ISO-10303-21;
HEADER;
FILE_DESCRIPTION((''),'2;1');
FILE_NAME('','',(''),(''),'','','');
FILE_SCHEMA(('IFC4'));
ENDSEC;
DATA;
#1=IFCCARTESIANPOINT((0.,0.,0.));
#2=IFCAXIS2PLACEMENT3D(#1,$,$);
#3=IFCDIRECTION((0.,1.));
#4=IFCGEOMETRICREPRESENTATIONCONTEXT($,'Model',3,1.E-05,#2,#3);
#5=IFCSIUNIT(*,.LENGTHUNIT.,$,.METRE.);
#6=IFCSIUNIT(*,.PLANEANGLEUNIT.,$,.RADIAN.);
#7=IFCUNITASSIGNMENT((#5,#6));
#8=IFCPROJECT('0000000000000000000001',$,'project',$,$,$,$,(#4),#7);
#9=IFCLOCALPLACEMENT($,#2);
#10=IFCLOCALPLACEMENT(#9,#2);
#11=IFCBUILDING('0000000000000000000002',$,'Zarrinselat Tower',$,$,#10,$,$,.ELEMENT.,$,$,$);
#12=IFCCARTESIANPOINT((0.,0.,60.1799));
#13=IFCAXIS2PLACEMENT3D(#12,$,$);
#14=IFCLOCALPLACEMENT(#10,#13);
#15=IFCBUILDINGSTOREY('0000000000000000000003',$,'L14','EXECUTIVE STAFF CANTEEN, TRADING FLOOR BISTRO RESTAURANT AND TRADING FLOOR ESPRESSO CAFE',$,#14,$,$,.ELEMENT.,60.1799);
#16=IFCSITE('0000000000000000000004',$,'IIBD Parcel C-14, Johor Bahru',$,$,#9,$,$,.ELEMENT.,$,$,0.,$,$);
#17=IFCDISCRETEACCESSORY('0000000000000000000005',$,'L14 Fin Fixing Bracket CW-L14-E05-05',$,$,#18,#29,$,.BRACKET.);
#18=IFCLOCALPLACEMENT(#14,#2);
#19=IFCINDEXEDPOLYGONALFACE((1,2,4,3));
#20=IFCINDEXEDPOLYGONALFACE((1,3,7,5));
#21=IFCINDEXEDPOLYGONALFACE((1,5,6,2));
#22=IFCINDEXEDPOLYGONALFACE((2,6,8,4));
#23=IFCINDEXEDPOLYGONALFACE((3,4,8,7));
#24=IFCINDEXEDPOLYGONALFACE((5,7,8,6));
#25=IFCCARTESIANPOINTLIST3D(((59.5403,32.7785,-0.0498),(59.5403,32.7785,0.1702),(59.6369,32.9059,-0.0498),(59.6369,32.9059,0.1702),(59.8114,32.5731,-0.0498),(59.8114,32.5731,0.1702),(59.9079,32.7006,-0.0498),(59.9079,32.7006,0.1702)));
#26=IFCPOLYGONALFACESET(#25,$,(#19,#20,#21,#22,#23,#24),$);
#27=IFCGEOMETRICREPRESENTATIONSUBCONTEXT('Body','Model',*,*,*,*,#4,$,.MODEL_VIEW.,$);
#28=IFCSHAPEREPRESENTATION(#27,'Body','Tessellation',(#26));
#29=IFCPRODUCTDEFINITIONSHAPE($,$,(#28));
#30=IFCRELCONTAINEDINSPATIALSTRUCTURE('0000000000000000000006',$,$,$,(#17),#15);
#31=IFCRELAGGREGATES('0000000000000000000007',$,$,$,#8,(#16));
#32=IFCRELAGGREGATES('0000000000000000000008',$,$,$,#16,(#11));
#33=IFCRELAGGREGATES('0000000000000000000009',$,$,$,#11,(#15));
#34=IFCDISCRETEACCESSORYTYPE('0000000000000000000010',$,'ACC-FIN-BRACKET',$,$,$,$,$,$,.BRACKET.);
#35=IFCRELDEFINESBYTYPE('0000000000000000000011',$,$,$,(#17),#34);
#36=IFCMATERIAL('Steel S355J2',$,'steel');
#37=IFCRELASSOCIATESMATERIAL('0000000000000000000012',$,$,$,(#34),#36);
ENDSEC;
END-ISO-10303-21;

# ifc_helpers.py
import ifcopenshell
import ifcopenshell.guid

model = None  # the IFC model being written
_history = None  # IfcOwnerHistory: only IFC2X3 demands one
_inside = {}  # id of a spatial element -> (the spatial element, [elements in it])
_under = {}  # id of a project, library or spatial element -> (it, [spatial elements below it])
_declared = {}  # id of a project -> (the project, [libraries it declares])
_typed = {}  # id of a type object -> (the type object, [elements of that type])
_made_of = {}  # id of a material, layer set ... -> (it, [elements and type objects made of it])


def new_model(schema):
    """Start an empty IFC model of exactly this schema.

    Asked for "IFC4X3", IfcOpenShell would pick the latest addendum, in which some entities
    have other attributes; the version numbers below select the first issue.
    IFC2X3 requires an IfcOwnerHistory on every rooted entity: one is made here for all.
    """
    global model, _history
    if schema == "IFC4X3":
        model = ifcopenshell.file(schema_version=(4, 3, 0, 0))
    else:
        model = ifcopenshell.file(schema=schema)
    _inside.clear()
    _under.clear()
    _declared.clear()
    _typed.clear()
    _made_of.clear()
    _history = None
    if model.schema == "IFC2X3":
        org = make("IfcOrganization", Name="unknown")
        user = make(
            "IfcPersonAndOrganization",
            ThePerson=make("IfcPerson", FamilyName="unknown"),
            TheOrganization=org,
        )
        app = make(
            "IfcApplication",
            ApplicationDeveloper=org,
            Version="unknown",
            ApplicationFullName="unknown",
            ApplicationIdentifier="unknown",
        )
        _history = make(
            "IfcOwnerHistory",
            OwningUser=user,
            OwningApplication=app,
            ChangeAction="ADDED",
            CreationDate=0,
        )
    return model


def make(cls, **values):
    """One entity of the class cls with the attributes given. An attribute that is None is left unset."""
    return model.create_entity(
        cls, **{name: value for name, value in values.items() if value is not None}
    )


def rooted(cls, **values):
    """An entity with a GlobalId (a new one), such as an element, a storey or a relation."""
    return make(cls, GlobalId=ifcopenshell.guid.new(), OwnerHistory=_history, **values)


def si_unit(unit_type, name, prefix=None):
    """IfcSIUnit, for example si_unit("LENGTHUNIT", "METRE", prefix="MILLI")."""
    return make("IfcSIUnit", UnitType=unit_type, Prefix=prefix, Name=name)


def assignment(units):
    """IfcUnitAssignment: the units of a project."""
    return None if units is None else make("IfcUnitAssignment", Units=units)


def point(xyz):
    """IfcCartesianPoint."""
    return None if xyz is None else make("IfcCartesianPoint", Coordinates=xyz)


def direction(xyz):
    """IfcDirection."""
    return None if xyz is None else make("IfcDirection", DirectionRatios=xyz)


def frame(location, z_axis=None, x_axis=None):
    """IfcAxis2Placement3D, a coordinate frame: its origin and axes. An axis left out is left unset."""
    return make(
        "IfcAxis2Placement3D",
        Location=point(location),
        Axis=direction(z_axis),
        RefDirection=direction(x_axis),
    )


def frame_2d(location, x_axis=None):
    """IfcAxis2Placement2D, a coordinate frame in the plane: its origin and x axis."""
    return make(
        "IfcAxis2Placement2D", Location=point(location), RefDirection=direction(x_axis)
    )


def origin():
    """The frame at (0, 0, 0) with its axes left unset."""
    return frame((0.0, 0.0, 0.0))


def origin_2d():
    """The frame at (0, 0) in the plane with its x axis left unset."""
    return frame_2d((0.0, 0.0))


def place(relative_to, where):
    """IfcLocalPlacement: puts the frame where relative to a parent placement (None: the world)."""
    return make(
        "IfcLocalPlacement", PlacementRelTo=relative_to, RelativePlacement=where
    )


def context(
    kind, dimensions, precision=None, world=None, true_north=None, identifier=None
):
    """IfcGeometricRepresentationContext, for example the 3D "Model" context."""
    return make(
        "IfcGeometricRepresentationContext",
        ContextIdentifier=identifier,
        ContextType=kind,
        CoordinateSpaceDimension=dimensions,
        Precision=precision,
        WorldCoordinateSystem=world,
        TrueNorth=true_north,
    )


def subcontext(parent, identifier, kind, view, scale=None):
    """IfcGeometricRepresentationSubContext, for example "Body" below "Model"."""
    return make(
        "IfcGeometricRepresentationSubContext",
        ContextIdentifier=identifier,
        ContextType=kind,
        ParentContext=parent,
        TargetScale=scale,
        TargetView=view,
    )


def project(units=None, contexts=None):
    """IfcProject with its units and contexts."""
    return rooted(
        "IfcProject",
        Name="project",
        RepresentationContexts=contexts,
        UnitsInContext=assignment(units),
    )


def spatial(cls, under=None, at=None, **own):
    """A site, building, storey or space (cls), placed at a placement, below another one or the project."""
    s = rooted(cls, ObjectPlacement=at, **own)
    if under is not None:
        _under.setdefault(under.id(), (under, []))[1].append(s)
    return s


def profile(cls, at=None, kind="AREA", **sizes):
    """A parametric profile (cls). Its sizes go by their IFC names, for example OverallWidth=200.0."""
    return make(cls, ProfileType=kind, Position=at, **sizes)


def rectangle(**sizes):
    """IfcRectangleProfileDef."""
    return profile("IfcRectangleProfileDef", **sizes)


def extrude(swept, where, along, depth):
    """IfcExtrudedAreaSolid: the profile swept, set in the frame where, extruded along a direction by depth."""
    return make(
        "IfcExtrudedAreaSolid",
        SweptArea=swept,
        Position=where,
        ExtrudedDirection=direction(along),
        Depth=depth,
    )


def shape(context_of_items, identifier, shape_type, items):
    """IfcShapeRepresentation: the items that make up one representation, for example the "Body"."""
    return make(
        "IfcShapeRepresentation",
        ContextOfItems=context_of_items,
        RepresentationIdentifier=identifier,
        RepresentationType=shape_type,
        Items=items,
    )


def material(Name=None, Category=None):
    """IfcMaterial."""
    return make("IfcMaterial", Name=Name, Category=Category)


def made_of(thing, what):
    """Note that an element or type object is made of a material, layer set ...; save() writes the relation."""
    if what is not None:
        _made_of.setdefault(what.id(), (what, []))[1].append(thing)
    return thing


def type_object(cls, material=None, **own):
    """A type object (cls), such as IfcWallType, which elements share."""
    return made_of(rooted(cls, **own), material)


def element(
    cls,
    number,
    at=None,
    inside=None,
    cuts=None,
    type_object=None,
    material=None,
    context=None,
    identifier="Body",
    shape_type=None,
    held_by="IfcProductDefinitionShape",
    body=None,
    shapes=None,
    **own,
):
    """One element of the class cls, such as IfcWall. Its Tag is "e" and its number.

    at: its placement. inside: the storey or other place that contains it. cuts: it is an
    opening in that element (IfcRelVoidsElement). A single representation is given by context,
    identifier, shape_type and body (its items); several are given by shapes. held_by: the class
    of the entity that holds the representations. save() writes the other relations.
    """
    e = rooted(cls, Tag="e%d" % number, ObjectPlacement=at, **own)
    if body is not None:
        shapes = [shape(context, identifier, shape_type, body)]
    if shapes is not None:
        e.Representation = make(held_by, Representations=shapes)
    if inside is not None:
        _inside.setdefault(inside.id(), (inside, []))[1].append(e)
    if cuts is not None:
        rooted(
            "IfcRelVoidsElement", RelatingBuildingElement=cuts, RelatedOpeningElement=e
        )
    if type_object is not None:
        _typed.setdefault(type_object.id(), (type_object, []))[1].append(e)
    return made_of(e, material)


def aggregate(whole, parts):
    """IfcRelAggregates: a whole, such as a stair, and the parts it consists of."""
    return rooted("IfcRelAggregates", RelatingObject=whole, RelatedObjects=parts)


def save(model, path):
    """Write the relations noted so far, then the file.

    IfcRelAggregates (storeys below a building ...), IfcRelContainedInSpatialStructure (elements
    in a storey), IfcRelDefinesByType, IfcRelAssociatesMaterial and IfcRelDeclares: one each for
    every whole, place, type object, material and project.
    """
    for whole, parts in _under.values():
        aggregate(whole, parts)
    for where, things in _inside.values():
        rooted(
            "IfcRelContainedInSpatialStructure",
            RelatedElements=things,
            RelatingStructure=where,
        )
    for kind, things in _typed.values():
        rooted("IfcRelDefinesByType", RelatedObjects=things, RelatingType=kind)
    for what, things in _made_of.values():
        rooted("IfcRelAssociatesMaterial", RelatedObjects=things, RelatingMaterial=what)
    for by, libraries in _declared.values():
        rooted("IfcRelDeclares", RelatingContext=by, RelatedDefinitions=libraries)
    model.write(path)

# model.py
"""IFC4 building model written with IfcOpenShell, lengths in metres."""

from ifc_helpers import new_model, si_unit, direction, frame, origin, origin_2d, place, context, subcontext, project, spatial, rectangle, extrude, material, type_object, element, save


model = new_model("IFC4")

# Units and contexts
model_context = context("Model", 3, precision=1e-05, world=origin(), true_north=direction((0.0, 1.0)))
body_context = subcontext(model_context, "Body", "Model", "MODEL_VIEW")
ifc_project = project(units=[si_unit("LENGTHUNIT", "METRE"), si_unit("PLANEANGLEUNIT", "RADIAN")], contexts=[model_context])

# Site, building, storey
site_placement = place(None, origin())
site = spatial("IfcSite", under=ifc_project, at=site_placement, Name="IIBD Parcel C-14, Johor Bahru", CompositionType="ELEMENT", RefElevation=0.0)
building_placement = place(site_placement, origin())
building = spatial("IfcBuilding", under=site, at=building_placement, Name="Zarrinselat Tower", CompositionType="ELEMENT")
storey_placement = place(building_placement, frame((0.0, 0.0, 60.1799)))
storey = spatial("IfcBuildingStorey", under=building, at=storey_placement, Name="L14", Description="EXECUTIVE STAFF CANTEEN, TRADING FLOOR BISTRO RESTAURANT AND TRADING FLOOR ESPRESSO CAFE", CompositionType="ELEMENT", Elevation=60.1799)

# Discrete accessory
ifc_material_1 = material(Name="Steel S355J2", Category="steel")
discrete_accessory_type = type_object("IfcDiscreteAccessoryType", Name="ACC-FIN-BRACKET", PredefinedType="BRACKET", material=ifc_material_1)
discrete_accessory_placement = place(storey_placement, frame((59.7241, 32.7395, -0.0498), z_axis=(0.0, 0.0, 1.0), x_axis=(0.79709, -0.603861, 0.0)))
element("IfcDiscreteAccessory", 1, at=discrete_accessory_placement, inside=storey, type_object=discrete_accessory_type, Name="L14 Fin Fixing Bracket CW-L14-E05-05", PredefinedType="BRACKET", context=body_context, shape_type="SweptSolid", body=[
    extrude(rectangle(XDim=0.3401, YDim=0.1599, at=origin_2d()), origin(), (0.0, 0.0, 1.0), 0.22),
])

save(model, "model.ifc")
